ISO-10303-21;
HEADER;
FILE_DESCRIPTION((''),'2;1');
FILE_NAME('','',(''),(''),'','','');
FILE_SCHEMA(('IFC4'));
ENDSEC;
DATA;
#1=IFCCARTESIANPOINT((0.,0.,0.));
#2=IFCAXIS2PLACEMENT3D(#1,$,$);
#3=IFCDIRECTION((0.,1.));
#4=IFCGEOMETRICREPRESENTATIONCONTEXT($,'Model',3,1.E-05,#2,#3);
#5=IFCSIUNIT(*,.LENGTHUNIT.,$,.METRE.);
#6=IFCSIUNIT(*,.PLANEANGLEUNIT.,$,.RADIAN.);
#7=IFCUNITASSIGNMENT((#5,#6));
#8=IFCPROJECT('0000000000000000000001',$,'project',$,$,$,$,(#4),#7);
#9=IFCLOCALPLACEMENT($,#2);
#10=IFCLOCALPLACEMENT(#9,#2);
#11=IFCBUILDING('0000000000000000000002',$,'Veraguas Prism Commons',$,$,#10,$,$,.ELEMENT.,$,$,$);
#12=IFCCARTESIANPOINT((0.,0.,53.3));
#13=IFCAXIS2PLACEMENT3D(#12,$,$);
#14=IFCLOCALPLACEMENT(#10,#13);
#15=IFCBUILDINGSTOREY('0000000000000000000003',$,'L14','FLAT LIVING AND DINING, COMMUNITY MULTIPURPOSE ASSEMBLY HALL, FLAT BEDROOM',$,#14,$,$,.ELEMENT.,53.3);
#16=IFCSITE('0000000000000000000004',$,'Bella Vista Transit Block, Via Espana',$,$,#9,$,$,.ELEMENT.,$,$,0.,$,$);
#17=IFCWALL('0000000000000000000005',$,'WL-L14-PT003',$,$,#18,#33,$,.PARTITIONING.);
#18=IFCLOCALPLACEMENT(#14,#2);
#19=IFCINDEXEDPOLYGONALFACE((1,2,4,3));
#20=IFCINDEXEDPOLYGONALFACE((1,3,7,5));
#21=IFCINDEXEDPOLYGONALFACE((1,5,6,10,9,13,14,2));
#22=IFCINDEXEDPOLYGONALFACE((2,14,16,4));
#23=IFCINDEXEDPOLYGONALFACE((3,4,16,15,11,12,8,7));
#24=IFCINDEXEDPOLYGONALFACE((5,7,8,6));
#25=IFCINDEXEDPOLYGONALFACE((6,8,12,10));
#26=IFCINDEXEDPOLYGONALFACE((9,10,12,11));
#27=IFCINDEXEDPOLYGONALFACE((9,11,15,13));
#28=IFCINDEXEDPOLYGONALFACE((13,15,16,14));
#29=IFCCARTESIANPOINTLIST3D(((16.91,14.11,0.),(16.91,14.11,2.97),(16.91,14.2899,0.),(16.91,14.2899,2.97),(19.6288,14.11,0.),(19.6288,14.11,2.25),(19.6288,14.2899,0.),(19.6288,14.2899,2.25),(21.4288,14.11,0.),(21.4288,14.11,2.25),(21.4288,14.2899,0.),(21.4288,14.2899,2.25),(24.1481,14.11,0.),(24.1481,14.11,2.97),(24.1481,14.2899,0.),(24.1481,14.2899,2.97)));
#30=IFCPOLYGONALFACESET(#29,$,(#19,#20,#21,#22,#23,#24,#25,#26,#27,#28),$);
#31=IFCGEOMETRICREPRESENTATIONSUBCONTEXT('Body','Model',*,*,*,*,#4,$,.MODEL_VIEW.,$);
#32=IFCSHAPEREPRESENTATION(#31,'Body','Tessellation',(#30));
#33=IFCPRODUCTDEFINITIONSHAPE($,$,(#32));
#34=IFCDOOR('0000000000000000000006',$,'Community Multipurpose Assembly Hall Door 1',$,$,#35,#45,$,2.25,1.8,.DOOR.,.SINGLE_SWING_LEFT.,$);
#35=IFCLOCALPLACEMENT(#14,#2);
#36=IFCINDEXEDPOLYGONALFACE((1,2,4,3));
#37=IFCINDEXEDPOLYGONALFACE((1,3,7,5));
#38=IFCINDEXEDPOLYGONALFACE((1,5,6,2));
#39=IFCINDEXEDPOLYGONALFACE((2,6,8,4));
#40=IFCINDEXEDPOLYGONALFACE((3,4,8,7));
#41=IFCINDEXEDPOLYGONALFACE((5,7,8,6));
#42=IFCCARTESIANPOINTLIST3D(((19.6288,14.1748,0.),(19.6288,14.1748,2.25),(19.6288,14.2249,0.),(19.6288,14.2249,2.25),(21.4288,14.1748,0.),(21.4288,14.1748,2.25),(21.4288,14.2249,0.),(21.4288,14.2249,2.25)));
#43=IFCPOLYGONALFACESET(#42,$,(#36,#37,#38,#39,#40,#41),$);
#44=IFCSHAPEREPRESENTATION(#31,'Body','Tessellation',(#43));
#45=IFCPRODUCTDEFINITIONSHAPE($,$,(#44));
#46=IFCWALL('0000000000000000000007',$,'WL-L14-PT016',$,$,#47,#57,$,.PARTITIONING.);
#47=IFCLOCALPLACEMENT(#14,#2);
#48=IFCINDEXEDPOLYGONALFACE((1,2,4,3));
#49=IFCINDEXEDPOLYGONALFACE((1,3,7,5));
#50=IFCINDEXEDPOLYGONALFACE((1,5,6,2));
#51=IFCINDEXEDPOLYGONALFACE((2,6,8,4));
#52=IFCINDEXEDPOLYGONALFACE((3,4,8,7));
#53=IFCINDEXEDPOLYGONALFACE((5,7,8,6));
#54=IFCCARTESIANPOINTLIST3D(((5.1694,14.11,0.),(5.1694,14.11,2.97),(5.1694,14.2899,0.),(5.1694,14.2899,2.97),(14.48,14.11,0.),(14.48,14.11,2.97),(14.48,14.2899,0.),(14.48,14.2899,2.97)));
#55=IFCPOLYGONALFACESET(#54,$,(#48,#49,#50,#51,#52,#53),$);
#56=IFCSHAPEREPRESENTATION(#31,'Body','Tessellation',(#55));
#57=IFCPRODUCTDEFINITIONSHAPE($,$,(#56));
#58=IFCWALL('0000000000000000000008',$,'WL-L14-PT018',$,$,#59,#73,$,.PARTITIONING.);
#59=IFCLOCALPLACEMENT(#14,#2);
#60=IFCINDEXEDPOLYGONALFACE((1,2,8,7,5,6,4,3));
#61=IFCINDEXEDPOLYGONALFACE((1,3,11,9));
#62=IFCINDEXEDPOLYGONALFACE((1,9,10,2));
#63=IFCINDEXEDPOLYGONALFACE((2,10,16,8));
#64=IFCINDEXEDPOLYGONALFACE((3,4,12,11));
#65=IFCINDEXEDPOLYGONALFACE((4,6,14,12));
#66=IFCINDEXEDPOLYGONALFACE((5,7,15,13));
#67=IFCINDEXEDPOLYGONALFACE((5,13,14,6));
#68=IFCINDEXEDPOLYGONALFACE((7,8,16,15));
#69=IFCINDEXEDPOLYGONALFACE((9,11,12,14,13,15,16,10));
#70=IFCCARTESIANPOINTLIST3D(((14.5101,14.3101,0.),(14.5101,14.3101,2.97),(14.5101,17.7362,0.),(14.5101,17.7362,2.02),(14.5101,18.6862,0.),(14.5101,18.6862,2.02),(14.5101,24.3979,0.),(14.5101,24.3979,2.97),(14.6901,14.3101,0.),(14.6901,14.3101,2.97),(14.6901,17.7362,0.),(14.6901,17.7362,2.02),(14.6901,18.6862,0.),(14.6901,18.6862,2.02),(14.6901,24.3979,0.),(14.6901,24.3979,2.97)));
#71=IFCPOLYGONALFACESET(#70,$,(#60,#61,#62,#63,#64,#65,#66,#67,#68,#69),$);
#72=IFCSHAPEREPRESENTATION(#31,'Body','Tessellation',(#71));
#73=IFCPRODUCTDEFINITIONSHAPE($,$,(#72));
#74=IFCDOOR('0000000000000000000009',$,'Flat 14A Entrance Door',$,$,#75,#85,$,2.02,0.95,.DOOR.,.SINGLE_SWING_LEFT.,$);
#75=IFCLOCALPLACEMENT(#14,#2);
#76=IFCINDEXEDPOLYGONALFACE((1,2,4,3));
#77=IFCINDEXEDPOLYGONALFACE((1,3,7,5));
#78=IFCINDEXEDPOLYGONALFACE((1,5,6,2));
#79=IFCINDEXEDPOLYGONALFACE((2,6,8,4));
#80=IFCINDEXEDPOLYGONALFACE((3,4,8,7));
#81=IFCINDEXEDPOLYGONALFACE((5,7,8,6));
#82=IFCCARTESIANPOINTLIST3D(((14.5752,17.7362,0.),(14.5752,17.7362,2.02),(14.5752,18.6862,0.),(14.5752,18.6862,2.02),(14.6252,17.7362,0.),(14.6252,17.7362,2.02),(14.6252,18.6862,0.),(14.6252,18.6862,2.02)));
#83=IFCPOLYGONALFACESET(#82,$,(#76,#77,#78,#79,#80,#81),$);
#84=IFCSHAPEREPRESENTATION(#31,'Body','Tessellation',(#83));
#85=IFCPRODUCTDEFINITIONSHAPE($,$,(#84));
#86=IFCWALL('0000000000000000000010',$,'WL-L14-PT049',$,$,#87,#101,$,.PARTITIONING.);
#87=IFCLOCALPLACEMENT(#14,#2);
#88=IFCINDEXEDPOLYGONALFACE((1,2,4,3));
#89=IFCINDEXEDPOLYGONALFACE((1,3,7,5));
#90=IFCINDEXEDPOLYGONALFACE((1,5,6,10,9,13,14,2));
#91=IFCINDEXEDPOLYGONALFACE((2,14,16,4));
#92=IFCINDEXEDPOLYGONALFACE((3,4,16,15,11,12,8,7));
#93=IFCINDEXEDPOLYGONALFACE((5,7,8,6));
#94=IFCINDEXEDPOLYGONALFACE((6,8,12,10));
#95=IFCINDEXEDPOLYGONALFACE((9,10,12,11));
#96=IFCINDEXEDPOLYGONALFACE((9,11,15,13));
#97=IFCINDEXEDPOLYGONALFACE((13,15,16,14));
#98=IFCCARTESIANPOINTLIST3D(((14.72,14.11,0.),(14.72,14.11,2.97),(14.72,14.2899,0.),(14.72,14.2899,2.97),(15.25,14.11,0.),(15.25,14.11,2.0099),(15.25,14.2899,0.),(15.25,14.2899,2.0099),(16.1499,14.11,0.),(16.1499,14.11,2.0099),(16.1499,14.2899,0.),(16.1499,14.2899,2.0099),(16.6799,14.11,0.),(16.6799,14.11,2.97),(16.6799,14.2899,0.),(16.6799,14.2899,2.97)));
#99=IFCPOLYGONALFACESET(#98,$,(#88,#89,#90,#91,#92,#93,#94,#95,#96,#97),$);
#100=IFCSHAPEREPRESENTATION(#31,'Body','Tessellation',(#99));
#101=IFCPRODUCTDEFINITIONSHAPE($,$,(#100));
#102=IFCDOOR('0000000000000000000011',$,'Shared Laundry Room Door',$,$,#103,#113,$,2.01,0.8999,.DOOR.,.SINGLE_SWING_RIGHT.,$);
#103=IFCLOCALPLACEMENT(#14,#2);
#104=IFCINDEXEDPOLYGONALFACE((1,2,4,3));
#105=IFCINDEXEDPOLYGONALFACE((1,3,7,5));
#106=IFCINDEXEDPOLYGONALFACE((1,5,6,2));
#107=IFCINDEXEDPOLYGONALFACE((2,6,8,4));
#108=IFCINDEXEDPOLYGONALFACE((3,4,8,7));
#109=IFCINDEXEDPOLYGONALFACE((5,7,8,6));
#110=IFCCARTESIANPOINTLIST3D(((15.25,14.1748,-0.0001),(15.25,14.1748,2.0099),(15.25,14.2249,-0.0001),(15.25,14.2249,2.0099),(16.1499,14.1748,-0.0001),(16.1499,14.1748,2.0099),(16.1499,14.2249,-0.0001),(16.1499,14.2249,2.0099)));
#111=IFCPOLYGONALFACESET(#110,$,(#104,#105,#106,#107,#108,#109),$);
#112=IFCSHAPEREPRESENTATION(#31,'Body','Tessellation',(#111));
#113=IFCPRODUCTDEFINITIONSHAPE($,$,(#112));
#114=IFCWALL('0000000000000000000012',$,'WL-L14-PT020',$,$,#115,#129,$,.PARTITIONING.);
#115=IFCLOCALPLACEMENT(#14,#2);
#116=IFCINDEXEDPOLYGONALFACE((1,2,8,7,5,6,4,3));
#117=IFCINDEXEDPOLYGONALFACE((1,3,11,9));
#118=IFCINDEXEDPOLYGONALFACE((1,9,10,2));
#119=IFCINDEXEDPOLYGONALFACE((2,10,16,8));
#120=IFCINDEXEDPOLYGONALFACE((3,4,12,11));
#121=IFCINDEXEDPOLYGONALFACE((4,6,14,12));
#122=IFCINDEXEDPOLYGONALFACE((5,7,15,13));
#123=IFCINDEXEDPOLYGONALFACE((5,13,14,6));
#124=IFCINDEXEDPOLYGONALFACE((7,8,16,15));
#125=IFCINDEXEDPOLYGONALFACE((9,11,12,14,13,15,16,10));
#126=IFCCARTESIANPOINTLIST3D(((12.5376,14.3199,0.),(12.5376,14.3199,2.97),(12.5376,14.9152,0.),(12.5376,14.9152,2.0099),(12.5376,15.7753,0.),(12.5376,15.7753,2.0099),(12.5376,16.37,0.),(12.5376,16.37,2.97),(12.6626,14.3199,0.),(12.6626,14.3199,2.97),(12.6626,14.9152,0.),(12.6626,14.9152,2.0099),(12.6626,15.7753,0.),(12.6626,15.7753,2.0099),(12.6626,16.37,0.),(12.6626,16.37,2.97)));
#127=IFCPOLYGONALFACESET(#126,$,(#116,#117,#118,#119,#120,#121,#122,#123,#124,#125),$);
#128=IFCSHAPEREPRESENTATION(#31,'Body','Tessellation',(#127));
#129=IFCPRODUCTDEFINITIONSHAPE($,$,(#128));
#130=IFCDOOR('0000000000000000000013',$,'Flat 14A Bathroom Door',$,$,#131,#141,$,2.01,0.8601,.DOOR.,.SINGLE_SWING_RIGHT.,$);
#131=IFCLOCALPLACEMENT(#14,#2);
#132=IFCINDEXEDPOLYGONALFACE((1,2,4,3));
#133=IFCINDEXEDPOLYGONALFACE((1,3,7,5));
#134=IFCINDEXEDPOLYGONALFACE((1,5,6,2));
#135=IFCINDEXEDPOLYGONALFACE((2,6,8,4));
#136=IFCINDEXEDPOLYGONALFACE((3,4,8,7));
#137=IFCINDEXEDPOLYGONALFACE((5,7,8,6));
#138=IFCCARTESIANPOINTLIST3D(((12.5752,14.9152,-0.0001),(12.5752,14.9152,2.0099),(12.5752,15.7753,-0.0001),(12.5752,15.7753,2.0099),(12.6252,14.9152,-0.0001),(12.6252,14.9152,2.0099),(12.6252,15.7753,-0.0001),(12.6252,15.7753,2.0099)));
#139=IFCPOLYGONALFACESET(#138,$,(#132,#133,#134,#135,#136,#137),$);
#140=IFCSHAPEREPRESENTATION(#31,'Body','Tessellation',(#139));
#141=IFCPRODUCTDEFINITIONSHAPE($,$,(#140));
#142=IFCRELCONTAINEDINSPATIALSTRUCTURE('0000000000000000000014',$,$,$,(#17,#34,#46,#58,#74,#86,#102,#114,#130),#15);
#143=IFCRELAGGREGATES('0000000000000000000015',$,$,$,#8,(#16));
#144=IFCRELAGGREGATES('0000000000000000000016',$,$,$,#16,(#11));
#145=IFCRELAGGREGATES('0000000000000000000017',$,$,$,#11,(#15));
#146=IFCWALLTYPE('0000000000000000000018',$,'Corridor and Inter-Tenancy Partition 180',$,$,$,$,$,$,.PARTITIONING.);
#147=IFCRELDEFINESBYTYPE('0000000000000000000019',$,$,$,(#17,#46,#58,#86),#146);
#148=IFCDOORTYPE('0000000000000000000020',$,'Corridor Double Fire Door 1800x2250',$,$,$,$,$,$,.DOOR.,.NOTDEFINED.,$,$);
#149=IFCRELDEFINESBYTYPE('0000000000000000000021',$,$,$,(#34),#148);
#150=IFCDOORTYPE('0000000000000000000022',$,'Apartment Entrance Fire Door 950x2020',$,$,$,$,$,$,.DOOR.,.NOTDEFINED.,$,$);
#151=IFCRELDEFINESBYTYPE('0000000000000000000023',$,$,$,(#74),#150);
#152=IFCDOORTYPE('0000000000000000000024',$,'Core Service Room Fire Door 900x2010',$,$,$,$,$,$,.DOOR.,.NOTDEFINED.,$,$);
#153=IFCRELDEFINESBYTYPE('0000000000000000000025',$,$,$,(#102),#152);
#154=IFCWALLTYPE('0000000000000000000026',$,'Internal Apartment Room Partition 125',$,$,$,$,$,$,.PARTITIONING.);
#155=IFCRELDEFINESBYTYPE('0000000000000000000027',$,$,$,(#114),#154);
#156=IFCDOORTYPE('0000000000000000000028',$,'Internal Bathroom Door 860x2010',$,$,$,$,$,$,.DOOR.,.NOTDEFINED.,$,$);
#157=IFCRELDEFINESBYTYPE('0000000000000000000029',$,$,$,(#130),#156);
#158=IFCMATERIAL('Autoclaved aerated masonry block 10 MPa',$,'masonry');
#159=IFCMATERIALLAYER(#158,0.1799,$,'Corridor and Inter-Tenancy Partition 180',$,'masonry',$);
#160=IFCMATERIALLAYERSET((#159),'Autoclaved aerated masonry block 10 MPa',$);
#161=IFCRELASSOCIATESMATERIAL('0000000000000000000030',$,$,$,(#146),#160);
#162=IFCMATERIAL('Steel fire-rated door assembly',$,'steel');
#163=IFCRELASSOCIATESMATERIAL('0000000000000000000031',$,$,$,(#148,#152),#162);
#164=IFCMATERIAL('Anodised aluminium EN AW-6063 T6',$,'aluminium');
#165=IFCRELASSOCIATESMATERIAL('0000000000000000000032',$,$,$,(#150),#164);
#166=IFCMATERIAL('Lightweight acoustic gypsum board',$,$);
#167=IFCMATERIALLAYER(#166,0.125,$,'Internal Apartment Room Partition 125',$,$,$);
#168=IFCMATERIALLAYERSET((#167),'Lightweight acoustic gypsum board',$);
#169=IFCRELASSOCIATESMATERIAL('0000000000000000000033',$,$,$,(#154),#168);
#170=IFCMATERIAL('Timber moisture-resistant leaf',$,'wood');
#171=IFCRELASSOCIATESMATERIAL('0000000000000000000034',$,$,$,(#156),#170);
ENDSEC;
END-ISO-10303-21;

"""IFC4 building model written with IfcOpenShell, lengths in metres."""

from ifc_helpers import new_model, si_unit, direction, frame, frame_2d, origin, place, context, subcontext, project, spatial, rectangle, extrude, source, transform, mapped, material, layer, layer_set, type_object, element, fill, save


model = new_model("IFC4")

# Units and contexts
model_context = context("Model", 3, precision=1e-05, world=origin(), true_north=direction((0.0, 1.0)))
body_context = subcontext(model_context, "Body", "Model", "MODEL_VIEW")
ifc_project = project(units=[si_unit("LENGTHUNIT", "METRE"), si_unit("PLANEANGLEUNIT", "RADIAN")], contexts=[model_context])

# Site, building, storey
site_placement = place(None, origin())
site = spatial("IfcSite", under=ifc_project, at=site_placement, Name="Bella Vista Transit Block, Via Espana", CompositionType="ELEMENT", RefElevation=0.0)
building_placement = place(site_placement, origin())
building = spatial("IfcBuilding", under=site, at=building_placement, Name="Veraguas Prism Commons", CompositionType="ELEMENT")
storey_placement = place(building_placement, frame((0.0, 0.0, 53.3)))
storey = spatial("IfcBuildingStorey", under=building, at=storey_placement, Name="L14", Description="FLAT LIVING AND DINING, COMMUNITY MULTIPURPOSE ASSEMBLY HALL, FLAT BEDROOM", CompositionType="ELEMENT", Elevation=53.3)

# Shared definitions
ifc_material_1 = material(Name="Steel fire-rated door assembly", Category="steel")

# Shared definitions
ifc_material_2 = material(Name="Autoclaved aerated masonry block 10 MPa", Category="masonry")
ifc_layer_1 = layer(ifc_material_2, 0.1799, Name="Corridor and Inter-Tenancy Partition 180", Category="masonry")
ifc_layer_set_1 = layer_set([ifc_layer_1], Name="Autoclaved aerated masonry block 10 MPa")
wall_type_1 = type_object("IfcWallType", Name="Corridor and Inter-Tenancy Partition 180", PredefinedType="PARTITIONING", material=ifc_layer_set_1)

# Wall, opening, door
wall_1_placement = place(storey_placement, frame((16.9099, 14.2, 0.0), z_axis=(0.0, 0.0, 1.0), x_axis=(1.0, 0.0, 0.0)))
wall_1 = element("IfcWall", 1, at=wall_1_placement, inside=storey, type_object=wall_type_1, Name="WL-L14-PT003", PredefinedType="PARTITIONING", context=body_context, shape_type="SweptSolid", body=[
    extrude(rectangle(XDim=7.238, YDim=0.1799, at=frame_2d((3.6191, 0.0))), origin(), (0.0, 0.0, 1.0), 2.97),
])
opening_1_placement = place(wall_1_placement, frame((2.719, 0.0, 0.0)))
opening_1 = element("IfcOpeningElement", 2, at=opening_1_placement, cuts=wall_1, PredefinedType="OPENING", context=body_context, shape_type="SweptSolid", body=[
    extrude(rectangle(XDim=1.8, YDim=2.25, at=frame_2d((0.8999, 1.125))), frame((0.0, 0.0999, 0.0), z_axis=(0.0, -1.0, 0.0), x_axis=(1.0, 0.0, 0.0)), (0.0, 0.0, 1.0), 0.2),
])
door_type_1 = type_object("IfcDoorType", Name="Corridor Double Fire Door 1800x2250", OperationType="NOTDEFINED", PredefinedType="DOOR", material=ifc_material_1)
shared_shape_1 = source(origin(), body_context, "Body", "SweptSolid", [
    extrude(rectangle(XDim=1.8, YDim=2.25, at=frame_2d((0.8999, 1.125))), frame((0.0, 0.0249, 0.0), z_axis=(0.0, -1.0, 0.0), x_axis=(1.0, 0.0, 0.0)), (0.0, 0.0, 1.0), 0.05),
])
door_1_placement = place(opening_1_placement, origin())
door_1 = element("IfcDoor", 3, at=door_1_placement, inside=storey, type_object=door_type_1, Name="Community Multipurpose Assembly Hall Door 1", OperationType="SINGLE_SWING_LEFT", OverallHeight=2.25, OverallWidth=1.8, PredefinedType="DOOR", context=body_context, shape_type="MappedRepresentation", body=[
    mapped(shared_shape_1, transform((0.0, 0.0, 0.0), scale=1.0)),
])
fill(opening_1, door_1)

# Wall
wall_2_placement = place(storey_placement, frame((14.48, 14.2, 0.0), z_axis=(0.0, 0.0, 1.0), x_axis=(-1.0, 0.0, 0.0)))
element("IfcWall", 4, at=wall_2_placement, inside=storey, type_object=wall_type_1, Name="WL-L14-PT016", PredefinedType="PARTITIONING", context=body_context, shape_type="SweptSolid", body=[
    extrude(rectangle(XDim=9.3105, YDim=0.1799, at=frame_2d((4.6553, 0.0))), origin(), (0.0, 0.0, 1.0), 2.97),
])

# Walls, openings, doors
wall_3_placement = place(storey_placement, frame((14.6001, 14.3101, 0.0), z_axis=(0.0, 0.0, 1.0), x_axis=(0.0, 1.0, 0.0)))
wall_3 = element("IfcWall", 5, at=wall_3_placement, inside=storey, type_object=wall_type_1, Name="WL-L14-PT018", PredefinedType="PARTITIONING", context=body_context, shape_type="SweptSolid", body=[
    extrude(rectangle(XDim=10.0879, YDim=0.1799, at=frame_2d((5.0439, 0.0))), origin(), (0.0, 0.0, 1.0), 2.97),
])
opening_2_placement = place(wall_3_placement, frame((3.426, 0.0, 0.0)))
opening_2 = element("IfcOpeningElement", 6, at=opening_2_placement, cuts=wall_3, PredefinedType="OPENING", context=body_context, shape_type="SweptSolid", body=[
    extrude(rectangle(XDim=0.95, YDim=2.02, at=frame_2d((0.4751, 1.01))), frame((0.0, 0.0999, 0.0), z_axis=(0.0, -1.0, 0.0), x_axis=(1.0, 0.0, 0.0)), (0.0, 0.0, 1.0), 0.2),
])
ifc_material_3 = material(Name="Anodised aluminium EN AW-6063 T6", Category="aluminium")
door_type_2 = type_object("IfcDoorType", Name="Apartment Entrance Fire Door 950x2020", OperationType="NOTDEFINED", PredefinedType="DOOR", material=ifc_material_3)
shared_shape_2 = source(origin(), body_context, "Body", "SweptSolid", [
    extrude(rectangle(XDim=0.95, YDim=2.02, at=frame_2d((0.4751, 1.01))), frame((0.0, 0.0249, 0.0), z_axis=(0.0, -1.0, 0.0), x_axis=(1.0, 0.0, 0.0)), (0.0, 0.0, 1.0), 0.05),
])
door_2_placement = place(opening_2_placement, origin())
door_2 = element("IfcDoor", 7, at=door_2_placement, inside=storey, type_object=door_type_2, Name="Flat 14A Entrance Door", OperationType="SINGLE_SWING_LEFT", OverallHeight=2.02, OverallWidth=0.95, PredefinedType="DOOR", context=body_context, shape_type="MappedRepresentation", body=[
    mapped(shared_shape_2, transform((0.0, 0.0, 0.0), scale=1.0)),
])
fill(opening_2, door_2)
wall_4_placement = place(storey_placement, frame((14.72, 14.2, 0.0), z_axis=(0.0, 0.0, 1.0), x_axis=(1.0, 0.0, 0.0)))
wall_4 = element("IfcWall", 8, at=wall_4_placement, inside=storey, type_object=wall_type_1, Name="WL-L14-PT049", PredefinedType="PARTITIONING", context=body_context, shape_type="SweptSolid", body=[
    extrude(rectangle(XDim=1.96, YDim=0.1799, at=frame_2d((0.98, 0.0))), origin(), (0.0, 0.0, 1.0), 2.97),
])
opening_3_placement = place(wall_4_placement, frame((0.53, 0.0, 0.0)))
opening_3 = element("IfcOpeningElement", 9, at=opening_3_placement, cuts=wall_4, PredefinedType="OPENING", context=body_context, shape_type="SweptSolid", body=[
    extrude(rectangle(XDim=0.8999, YDim=2.01, at=frame_2d((0.45, 1.0049))), frame((0.0, 0.0999, 0.0), z_axis=(0.0, -1.0, 0.0), x_axis=(1.0, 0.0, 0.0)), (0.0, 0.0, 1.0), 0.2),
])
door_type_3 = type_object("IfcDoorType", Name="Core Service Room Fire Door 900x2010", OperationType="NOTDEFINED", PredefinedType="DOOR", material=ifc_material_1)
shared_shape_3 = source(origin(), body_context, "Body", "SweptSolid", [
    extrude(rectangle(XDim=0.8999, YDim=2.01, at=frame_2d((0.45, 1.0049))), frame((0.0, 0.0249, 0.0), z_axis=(0.0, -1.0, 0.0), x_axis=(1.0, 0.0, 0.0)), (0.0, 0.0, 1.0), 0.05),
])
door_3_placement = place(opening_3_placement, origin())
door_3 = element("IfcDoor", 10, at=door_3_placement, inside=storey, type_object=door_type_3, Name="Shared Laundry Room Door", OperationType="SINGLE_SWING_RIGHT", OverallHeight=2.01, OverallWidth=0.8999, PredefinedType="DOOR", context=body_context, shape_type="MappedRepresentation", body=[
    mapped(shared_shape_3, transform((0.0, 0.0, 0.0), scale=1.0)),
])
fill(opening_3, door_3)
ifc_material_4 = material(Name="Lightweight acoustic gypsum board")
ifc_layer_2 = layer(ifc_material_4, 0.125, Name="Internal Apartment Room Partition 125")
ifc_layer_set_2 = layer_set([ifc_layer_2], Name="Lightweight acoustic gypsum board")
wall_type_2 = type_object("IfcWallType", Name="Internal Apartment Room Partition 125", PredefinedType="PARTITIONING", material=ifc_layer_set_2)
wall_5_placement = place(storey_placement, frame((12.6001, 14.3201, 0.0), z_axis=(0.0, 0.0, 1.0), x_axis=(0.0, 1.0, 0.0)))
wall_5 = element("IfcWall", 11, at=wall_5_placement, inside=storey, type_object=wall_type_2, Name="WL-L14-PT020", PredefinedType="PARTITIONING", context=body_context, shape_type="SweptSolid", body=[
    extrude(rectangle(XDim=2.05, YDim=0.125, at=frame_2d((1.0249, 0.0))), origin(), (0.0, 0.0, 1.0), 2.97),
])
opening_4_placement = place(wall_5_placement, frame((0.595, 0.0, 0.0)))
opening_4 = element("IfcOpeningElement", 12, at=opening_4_placement, cuts=wall_5, PredefinedType="OPENING", context=body_context, shape_type="SweptSolid", body=[
    extrude(rectangle(XDim=0.8601, YDim=2.01, at=frame_2d((0.4302, 1.0049))), frame((0.0, 0.0725, 0.0), z_axis=(0.0, -1.0, 0.0), x_axis=(1.0, 0.0, 0.0)), (0.0, 0.0, 1.0), 0.145),
])
ifc_material_5 = material(Name="Timber moisture-resistant leaf", Category="wood")
door_type_4 = type_object("IfcDoorType", Name="Internal Bathroom Door 860x2010", OperationType="NOTDEFINED", PredefinedType="DOOR", material=ifc_material_5)
shared_shape_4 = source(origin(), body_context, "Body", "SweptSolid", [
    extrude(rectangle(XDim=0.8601, YDim=2.01, at=frame_2d((0.4302, 1.0049))), frame((0.0, 0.0249, 0.0), z_axis=(0.0, -1.0, 0.0), x_axis=(1.0, 0.0, 0.0)), (0.0, 0.0, 1.0), 0.05),
])
door_4_placement = place(opening_4_placement, origin())
door_4 = element("IfcDoor", 13, at=door_4_placement, inside=storey, type_object=door_type_4, Name="Flat 14A Bathroom Door", OperationType="SINGLE_SWING_RIGHT", OverallHeight=2.01, OverallWidth=0.8601, PredefinedType="DOOR", context=body_context, shape_type="MappedRepresentation", body=[
    mapped(shared_shape_4, transform((0.0, 0.0, 0.0), scale=1.0)),
])
fill(opening_4, door_4)

save(model, "model.ifc")
